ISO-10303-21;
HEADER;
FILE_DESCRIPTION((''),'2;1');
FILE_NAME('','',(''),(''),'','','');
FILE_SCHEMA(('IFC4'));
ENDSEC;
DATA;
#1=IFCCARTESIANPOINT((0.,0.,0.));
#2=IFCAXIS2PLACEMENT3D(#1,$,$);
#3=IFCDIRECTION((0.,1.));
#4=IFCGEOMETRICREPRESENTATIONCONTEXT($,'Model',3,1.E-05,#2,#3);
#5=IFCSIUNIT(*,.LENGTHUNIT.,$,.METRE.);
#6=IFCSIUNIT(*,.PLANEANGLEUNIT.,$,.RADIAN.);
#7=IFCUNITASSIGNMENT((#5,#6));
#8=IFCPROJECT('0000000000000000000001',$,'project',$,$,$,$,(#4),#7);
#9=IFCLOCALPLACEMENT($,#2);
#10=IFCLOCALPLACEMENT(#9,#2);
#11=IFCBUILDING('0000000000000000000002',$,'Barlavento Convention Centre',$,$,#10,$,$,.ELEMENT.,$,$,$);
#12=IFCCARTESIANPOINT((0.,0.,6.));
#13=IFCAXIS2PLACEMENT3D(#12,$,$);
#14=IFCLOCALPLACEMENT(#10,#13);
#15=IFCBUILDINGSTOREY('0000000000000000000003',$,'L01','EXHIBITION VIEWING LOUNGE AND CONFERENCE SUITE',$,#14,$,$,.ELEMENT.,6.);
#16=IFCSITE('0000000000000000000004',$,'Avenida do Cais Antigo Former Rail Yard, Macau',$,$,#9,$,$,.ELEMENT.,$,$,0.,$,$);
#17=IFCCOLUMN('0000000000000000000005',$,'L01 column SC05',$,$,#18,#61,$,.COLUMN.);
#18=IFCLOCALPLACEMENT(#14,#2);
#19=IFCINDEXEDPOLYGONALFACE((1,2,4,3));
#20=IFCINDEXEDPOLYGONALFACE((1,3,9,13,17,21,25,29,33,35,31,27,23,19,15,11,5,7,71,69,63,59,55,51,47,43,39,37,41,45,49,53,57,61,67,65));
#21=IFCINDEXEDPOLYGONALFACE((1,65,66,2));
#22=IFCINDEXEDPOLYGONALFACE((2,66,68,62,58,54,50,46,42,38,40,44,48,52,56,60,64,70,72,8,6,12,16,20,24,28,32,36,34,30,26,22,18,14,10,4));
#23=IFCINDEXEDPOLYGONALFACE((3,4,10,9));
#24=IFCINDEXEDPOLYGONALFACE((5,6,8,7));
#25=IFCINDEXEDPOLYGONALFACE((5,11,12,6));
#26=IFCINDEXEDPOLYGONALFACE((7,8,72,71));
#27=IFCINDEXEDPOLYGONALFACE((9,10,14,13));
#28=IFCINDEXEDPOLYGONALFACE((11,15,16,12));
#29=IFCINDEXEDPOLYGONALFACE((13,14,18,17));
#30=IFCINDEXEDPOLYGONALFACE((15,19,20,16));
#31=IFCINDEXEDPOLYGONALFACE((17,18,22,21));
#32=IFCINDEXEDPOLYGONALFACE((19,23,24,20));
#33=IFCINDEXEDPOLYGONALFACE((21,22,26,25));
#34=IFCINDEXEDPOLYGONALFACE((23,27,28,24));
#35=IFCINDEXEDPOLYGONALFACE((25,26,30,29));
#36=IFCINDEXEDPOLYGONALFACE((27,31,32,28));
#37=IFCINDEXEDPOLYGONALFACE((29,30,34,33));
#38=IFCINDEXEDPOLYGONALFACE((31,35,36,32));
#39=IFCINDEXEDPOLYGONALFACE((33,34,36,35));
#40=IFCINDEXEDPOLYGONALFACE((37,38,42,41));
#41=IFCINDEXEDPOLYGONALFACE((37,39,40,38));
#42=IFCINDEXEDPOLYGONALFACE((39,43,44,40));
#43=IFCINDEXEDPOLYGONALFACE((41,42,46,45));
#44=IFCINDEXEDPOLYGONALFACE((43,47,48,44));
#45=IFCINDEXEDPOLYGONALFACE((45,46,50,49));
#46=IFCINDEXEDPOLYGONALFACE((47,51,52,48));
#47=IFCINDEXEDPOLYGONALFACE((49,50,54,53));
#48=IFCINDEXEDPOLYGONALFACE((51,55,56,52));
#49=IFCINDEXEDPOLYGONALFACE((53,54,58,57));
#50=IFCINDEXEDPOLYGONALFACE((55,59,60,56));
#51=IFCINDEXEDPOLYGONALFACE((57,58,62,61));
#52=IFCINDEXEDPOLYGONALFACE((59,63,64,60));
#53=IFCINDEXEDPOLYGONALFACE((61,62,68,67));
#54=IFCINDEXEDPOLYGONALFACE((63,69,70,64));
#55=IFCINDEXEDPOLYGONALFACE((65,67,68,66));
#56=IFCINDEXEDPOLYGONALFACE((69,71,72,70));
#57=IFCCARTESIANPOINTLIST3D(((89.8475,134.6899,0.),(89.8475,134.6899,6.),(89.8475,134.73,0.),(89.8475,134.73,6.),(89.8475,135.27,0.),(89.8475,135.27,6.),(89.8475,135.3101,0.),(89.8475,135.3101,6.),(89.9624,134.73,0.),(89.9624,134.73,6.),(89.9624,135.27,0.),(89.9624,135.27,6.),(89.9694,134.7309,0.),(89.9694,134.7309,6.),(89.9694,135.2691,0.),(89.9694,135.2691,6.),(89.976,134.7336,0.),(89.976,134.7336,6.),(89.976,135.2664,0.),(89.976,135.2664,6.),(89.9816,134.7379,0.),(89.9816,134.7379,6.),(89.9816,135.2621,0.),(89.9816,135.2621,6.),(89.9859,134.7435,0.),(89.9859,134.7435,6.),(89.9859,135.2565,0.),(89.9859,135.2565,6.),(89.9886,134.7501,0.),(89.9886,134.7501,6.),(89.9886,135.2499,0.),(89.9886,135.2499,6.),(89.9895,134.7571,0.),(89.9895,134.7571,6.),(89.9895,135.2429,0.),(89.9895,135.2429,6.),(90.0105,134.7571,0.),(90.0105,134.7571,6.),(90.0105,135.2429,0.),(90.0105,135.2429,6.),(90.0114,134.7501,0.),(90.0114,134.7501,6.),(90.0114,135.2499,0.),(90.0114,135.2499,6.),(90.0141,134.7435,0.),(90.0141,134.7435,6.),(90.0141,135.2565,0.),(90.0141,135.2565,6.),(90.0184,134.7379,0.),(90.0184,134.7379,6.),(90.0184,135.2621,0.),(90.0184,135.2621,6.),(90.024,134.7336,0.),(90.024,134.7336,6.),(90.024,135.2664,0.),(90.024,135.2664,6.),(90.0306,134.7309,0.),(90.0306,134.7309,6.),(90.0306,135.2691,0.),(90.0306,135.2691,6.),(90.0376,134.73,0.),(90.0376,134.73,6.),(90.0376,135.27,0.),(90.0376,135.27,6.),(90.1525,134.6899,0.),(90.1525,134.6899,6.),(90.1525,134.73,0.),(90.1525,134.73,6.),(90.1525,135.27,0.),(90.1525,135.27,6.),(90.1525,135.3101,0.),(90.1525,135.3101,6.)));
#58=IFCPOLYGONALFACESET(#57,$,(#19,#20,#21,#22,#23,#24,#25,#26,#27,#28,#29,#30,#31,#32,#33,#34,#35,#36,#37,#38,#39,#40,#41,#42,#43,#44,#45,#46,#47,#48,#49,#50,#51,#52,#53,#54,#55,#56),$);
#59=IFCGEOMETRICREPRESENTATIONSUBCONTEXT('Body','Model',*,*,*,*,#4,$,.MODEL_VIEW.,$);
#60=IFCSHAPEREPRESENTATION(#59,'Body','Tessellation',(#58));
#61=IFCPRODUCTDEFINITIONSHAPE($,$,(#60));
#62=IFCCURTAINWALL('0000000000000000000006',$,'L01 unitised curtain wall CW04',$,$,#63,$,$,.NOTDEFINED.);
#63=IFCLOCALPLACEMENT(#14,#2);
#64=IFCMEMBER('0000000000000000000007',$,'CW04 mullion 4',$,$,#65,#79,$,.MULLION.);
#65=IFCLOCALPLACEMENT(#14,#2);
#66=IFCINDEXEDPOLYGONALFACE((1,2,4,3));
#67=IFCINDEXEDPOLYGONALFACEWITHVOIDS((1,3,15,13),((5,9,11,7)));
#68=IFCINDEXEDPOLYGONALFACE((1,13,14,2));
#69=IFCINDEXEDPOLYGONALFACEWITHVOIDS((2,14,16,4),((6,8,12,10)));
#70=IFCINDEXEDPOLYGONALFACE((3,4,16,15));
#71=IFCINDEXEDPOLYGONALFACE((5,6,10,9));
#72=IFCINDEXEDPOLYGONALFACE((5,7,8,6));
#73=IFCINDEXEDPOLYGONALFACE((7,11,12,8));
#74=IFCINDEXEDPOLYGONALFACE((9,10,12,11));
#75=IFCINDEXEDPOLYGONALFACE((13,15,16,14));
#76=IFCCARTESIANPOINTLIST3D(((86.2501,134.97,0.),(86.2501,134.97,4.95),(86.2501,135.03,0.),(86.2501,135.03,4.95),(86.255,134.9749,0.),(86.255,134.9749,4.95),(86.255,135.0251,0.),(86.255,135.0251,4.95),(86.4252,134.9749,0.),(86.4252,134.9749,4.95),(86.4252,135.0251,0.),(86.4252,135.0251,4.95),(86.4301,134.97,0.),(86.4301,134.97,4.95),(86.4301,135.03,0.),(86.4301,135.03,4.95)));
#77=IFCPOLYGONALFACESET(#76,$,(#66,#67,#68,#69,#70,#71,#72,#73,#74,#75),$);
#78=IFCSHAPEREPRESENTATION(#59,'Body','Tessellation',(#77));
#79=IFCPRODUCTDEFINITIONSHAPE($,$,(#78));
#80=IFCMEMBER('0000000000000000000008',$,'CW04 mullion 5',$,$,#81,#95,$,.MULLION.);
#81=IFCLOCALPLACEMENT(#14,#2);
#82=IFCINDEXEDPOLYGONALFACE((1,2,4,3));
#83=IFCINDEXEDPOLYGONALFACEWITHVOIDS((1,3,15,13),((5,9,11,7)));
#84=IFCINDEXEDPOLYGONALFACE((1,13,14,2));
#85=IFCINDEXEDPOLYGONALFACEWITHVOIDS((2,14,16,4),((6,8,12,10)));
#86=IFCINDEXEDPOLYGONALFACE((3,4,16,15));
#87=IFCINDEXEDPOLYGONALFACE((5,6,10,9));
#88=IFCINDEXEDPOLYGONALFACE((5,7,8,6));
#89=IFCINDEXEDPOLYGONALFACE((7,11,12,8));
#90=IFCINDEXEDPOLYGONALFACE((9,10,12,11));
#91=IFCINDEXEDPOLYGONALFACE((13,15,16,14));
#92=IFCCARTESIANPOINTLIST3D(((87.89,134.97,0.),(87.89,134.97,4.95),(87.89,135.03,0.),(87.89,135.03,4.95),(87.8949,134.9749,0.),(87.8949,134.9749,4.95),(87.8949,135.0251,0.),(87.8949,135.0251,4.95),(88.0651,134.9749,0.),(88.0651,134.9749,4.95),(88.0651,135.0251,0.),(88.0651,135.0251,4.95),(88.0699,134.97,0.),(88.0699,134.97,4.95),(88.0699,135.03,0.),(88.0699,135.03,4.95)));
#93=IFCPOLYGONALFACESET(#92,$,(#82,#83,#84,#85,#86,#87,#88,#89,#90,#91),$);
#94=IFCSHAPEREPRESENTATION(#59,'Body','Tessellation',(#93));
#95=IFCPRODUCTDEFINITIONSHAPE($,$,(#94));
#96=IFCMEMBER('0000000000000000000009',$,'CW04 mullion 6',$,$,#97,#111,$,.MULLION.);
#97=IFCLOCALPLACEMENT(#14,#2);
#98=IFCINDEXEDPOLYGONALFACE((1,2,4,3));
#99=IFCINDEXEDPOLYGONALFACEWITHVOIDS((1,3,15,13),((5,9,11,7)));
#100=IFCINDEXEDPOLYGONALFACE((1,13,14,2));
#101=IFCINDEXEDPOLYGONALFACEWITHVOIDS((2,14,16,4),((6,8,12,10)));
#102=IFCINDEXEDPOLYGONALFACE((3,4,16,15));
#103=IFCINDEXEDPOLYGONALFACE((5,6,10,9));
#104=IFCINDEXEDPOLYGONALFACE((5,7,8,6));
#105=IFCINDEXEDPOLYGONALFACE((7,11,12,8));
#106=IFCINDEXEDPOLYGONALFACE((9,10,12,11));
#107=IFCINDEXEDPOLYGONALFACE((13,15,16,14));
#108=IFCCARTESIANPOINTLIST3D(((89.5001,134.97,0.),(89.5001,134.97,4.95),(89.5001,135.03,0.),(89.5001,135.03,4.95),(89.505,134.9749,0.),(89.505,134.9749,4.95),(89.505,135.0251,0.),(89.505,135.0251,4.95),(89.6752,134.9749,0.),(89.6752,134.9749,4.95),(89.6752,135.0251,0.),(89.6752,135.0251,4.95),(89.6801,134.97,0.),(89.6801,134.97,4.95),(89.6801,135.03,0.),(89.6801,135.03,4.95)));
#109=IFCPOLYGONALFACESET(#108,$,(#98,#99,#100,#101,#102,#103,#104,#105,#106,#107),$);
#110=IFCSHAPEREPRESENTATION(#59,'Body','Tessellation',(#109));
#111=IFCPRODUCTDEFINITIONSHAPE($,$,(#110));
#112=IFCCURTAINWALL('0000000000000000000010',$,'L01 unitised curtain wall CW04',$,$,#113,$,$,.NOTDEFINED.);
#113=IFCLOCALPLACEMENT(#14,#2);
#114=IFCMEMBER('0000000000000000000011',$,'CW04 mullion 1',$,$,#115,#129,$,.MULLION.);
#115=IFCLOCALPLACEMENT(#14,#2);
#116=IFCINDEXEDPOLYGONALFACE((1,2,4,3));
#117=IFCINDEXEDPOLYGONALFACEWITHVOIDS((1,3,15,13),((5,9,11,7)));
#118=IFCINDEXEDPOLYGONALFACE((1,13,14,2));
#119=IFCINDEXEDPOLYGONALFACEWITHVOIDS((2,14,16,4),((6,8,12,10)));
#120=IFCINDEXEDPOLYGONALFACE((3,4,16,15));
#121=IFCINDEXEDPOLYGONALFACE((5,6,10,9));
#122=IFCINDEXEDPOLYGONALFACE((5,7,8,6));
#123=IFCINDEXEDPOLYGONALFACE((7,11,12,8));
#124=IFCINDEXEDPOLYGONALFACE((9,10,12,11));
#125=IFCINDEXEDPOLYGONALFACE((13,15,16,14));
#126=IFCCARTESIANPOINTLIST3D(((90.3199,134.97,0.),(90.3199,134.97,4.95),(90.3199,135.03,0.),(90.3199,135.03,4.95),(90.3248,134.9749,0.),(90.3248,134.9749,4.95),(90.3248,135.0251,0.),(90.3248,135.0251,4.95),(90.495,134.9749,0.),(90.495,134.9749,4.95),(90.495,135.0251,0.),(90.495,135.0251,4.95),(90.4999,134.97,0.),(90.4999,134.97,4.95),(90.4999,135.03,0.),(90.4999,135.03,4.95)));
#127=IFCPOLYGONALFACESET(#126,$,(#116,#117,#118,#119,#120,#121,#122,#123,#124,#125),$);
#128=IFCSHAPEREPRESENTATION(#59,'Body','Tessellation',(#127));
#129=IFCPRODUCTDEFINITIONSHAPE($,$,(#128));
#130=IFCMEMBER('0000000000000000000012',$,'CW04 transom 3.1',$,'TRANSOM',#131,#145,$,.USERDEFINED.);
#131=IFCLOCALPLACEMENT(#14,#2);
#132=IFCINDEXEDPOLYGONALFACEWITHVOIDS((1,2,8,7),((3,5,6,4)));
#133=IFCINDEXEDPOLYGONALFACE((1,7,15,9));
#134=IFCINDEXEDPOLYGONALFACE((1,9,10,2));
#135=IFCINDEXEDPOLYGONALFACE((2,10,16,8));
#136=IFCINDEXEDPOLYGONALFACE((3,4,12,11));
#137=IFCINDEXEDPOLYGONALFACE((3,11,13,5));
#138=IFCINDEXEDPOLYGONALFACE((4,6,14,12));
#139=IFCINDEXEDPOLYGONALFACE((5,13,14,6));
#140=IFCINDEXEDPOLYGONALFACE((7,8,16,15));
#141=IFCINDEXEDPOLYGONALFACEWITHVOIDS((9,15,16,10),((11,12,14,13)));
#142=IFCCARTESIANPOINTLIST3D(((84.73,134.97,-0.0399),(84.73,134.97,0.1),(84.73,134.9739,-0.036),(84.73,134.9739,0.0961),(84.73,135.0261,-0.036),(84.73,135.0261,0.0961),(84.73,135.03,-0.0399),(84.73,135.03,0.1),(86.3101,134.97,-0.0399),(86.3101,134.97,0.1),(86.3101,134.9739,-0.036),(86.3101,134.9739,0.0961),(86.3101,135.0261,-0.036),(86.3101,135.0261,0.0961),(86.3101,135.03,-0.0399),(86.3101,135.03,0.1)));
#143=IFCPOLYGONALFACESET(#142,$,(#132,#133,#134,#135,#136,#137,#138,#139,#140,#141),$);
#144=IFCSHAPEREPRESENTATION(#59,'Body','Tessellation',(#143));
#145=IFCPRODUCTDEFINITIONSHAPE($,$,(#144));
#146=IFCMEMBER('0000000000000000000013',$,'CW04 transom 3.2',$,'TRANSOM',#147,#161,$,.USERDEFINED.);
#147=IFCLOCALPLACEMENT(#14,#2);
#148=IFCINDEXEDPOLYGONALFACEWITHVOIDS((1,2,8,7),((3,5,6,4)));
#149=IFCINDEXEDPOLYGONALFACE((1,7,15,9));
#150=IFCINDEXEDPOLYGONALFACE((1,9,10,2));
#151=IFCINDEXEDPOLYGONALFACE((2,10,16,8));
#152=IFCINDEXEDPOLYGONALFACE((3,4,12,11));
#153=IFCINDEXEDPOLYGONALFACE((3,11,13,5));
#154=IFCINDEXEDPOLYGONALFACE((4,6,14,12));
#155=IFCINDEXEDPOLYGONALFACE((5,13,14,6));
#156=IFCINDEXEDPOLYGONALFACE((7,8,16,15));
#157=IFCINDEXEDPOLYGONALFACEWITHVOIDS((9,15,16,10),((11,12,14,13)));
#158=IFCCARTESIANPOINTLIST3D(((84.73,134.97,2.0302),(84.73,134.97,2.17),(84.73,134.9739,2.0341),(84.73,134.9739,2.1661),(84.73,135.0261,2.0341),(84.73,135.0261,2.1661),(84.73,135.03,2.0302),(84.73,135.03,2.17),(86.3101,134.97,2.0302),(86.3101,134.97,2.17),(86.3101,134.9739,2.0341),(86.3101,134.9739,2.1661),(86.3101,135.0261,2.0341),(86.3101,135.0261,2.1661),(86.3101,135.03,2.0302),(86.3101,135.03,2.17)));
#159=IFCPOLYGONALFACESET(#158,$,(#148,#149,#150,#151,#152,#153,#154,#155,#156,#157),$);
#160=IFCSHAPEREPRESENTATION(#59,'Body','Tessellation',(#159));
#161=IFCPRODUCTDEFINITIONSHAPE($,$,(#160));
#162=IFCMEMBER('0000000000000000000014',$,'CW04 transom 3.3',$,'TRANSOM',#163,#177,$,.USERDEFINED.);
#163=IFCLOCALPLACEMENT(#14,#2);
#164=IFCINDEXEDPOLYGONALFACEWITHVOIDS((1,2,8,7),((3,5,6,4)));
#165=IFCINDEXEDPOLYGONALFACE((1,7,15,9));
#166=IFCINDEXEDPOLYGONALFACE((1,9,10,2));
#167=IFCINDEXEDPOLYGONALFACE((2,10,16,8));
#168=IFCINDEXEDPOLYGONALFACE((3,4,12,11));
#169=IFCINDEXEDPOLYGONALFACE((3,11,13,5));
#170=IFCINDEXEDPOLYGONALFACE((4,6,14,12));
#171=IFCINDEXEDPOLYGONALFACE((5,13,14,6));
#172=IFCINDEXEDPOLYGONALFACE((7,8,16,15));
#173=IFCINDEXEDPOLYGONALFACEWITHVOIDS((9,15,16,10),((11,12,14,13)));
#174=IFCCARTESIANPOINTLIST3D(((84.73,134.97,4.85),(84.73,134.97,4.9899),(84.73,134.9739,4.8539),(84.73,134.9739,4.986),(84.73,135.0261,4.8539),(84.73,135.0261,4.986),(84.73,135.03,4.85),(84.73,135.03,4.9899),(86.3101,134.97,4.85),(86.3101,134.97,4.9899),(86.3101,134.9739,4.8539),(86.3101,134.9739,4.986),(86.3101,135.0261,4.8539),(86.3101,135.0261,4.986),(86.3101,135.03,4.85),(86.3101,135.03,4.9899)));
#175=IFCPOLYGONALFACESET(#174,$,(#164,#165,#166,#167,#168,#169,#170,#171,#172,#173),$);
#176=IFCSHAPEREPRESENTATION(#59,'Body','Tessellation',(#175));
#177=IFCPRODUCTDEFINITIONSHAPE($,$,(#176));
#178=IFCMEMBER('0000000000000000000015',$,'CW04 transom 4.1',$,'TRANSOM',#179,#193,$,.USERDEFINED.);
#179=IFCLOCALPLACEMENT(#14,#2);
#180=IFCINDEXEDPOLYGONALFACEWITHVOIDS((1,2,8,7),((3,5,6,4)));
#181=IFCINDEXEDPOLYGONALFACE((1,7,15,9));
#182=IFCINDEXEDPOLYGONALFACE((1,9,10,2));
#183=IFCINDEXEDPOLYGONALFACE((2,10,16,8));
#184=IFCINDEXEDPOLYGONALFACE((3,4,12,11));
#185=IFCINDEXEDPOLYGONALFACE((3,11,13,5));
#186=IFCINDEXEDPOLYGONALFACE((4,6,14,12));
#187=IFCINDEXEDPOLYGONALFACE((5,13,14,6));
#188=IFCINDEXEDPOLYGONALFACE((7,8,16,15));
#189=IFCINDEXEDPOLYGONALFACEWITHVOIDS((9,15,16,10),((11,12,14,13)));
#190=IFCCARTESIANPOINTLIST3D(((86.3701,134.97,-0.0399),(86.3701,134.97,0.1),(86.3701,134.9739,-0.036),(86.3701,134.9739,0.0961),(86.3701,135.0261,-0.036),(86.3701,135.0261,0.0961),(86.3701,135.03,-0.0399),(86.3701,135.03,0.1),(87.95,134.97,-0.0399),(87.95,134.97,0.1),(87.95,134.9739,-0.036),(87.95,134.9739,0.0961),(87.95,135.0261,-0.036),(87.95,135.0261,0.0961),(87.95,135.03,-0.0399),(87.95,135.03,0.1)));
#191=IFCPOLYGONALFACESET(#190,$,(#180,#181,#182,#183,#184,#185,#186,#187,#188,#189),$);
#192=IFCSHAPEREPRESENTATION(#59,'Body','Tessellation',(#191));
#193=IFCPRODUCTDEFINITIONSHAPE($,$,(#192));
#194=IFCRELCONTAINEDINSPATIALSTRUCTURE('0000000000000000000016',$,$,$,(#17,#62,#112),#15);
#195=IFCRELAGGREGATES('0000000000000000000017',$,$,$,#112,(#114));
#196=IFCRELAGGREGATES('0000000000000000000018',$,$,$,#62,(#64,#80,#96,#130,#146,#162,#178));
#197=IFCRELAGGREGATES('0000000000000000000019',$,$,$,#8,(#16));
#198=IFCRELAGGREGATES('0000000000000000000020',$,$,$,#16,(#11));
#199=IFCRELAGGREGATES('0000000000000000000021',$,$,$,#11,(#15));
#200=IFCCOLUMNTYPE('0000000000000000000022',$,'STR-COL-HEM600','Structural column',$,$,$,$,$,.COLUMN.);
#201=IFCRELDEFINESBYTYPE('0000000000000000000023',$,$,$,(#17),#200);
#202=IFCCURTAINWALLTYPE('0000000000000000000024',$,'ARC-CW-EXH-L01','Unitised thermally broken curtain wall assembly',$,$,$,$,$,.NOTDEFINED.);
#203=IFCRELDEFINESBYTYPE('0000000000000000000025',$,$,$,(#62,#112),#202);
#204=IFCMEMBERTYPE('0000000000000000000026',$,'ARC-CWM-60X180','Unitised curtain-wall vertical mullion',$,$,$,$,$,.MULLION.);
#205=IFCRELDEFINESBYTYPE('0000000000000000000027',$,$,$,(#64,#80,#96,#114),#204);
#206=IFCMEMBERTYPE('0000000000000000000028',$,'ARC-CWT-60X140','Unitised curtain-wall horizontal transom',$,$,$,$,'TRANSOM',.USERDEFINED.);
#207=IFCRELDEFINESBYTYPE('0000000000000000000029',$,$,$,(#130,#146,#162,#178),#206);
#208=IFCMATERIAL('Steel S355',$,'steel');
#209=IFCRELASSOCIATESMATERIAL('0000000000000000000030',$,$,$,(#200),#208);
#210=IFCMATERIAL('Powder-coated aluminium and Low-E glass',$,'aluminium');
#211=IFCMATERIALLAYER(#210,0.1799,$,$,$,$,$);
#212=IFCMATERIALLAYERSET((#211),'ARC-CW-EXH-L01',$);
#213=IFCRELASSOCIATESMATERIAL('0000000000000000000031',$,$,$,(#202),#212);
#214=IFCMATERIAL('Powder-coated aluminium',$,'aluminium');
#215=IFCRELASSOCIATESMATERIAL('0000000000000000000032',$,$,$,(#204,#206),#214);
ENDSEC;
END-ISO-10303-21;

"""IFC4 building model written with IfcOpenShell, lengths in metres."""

from ifc_helpers import new_model, si_unit, direction, frame, origin, origin_2d, place, context, subcontext, project, spatial, hollow_rectangle, i_section, extrude, material, layer, layer_set, material_profile, profile_set, type_object, element, aggregate, save


model = new_model("IFC4")

# Units and contexts
model_context = context("Model", 3, precision=1e-05, world=origin(), true_north=direction((0.0, 1.0)))
body_context = subcontext(model_context, "Body", "Model", "MODEL_VIEW")
ifc_project = project(units=[si_unit("LENGTHUNIT", "METRE"), si_unit("PLANEANGLEUNIT", "RADIAN")], contexts=[model_context])

# Site, building, storey
site_placement = place(None, origin())
site = spatial("IfcSite", under=ifc_project, at=site_placement, Name="Avenida do Cais Antigo Former Rail Yard, Macau", CompositionType="ELEMENT", RefElevation=0.0)
building_placement = place(site_placement, origin())
building = spatial("IfcBuilding", under=site, at=building_placement, Name="Barlavento Convention Centre", CompositionType="ELEMENT")
storey_placement = place(building_placement, frame((0.0, 0.0, 6.0)))
storey = spatial("IfcBuildingStorey", under=building, at=storey_placement, Name="L01", Description="EXHIBITION VIEWING LOUNGE AND CONFERENCE SUITE", CompositionType="ELEMENT", Elevation=6.0)

# Column
ifc_material_1 = material(Name="Steel S355", Category="steel")
ifc_material_profile_1 = material_profile(ifc_material_1, i_section(OverallWidth=0.3049, OverallDepth=0.6201, WebThickness=0.021, FlangeThickness=0.04, FilletRadius=0.0271, at=origin_2d()), Name="HEM 600")
ifc_profile_set_1 = profile_set([ifc_material_profile_1], Name="Steel S355")
column_type = type_object("IfcColumnType", Name="STR-COL-HEM600", Description="Structural column", PredefinedType="COLUMN", material=ifc_profile_set_1)
column_placement = place(storey_placement, frame((90.0, 135.0, 0.0), z_axis=(0.0, 0.0, 1.0), x_axis=(1.0, 0.0, 0.0)))
element("IfcColumn", 1, at=column_placement, inside=storey, type_object=column_type, Name="L01 column SC05", PredefinedType="COLUMN", context=body_context, shape_type="SweptSolid", body=[
    extrude(i_section(OverallWidth=0.3049, OverallDepth=0.6201, WebThickness=0.021, FlangeThickness=0.04, FilletRadius=0.0271, at=origin_2d()), origin(), (0.0, 0.0, 1.0), 6.0),
])

# Curtain wall, members
ifc_material_2 = material(Name="Powder-coated aluminium and Low-E glass", Category="aluminium")
ifc_layer_1 = layer(ifc_material_2, 0.1799)
ifc_layer_set_1 = layer_set([ifc_layer_1], Name="ARC-CW-EXH-L01")
curtain_wall_type = type_object("IfcCurtainWallType", Name="ARC-CW-EXH-L01", Description="Unitised thermally broken curtain wall assembly", PredefinedType="NOTDEFINED", material=ifc_layer_set_1)
curtain_wall_1_placement = place(storey_placement, origin())
curtain_wall_1 = element("IfcCurtainWall", 2, at=curtain_wall_1_placement, inside=storey, type_object=curtain_wall_type, Name="L01 unitised curtain wall CW04", PredefinedType="NOTDEFINED")
ifc_material_3 = material(Name="Powder-coated aluminium", Category="aluminium")
ifc_material_profile_2 = material_profile(ifc_material_3, hollow_rectangle(XDim=0.0601, YDim=0.1799, WallThickness=0.0049, at=origin_2d()), Name="AL-MULL 60x180x5")
ifc_profile_set_2 = profile_set([ifc_material_profile_2], Name="Powder-coated aluminium")
member_type_1 = type_object("IfcMemberType", Name="ARC-CWM-60X180", Description="Unitised curtain-wall vertical mullion", PredefinedType="MULLION", material=ifc_profile_set_2)
member_1_placement = place(storey_placement, frame((86.3401, 135.0, 0.0), z_axis=(0.0, 0.0, 1.0), x_axis=(0.0, 1.0, 0.0)))
member_1 = element("IfcMember", 3, at=member_1_placement, type_object=member_type_1, Name="CW04 mullion 4", PredefinedType="MULLION", context=body_context, shape_type="SweptSolid", body=[
    extrude(hollow_rectangle(XDim=0.0601, YDim=0.1799, WallThickness=0.0049, at=origin_2d()), origin(), (0.0, 0.0, 1.0), 4.95),
])
member_2_placement = place(storey_placement, frame((87.98, 135.0, 0.0), z_axis=(0.0, 0.0, 1.0), x_axis=(0.0, 1.0, 0.0)))
member_2 = element("IfcMember", 4, at=member_2_placement, type_object=member_type_1, Name="CW04 mullion 5", PredefinedType="MULLION", context=body_context, shape_type="SweptSolid", body=[
    extrude(hollow_rectangle(XDim=0.0601, YDim=0.1799, WallThickness=0.0049, at=origin_2d()), origin(), (0.0, 0.0, 1.0), 4.95),
])
member_3_placement = place(storey_placement, frame((89.5901, 135.0, 0.0), z_axis=(0.0, 0.0, 1.0), x_axis=(0.0, 1.0, 0.0)))
member_3 = element("IfcMember", 5, at=member_3_placement, type_object=member_type_1, Name="CW04 mullion 6", PredefinedType="MULLION", context=body_context, shape_type="SweptSolid", body=[
    extrude(hollow_rectangle(XDim=0.0601, YDim=0.1799, WallThickness=0.0049, at=origin_2d()), origin(), (0.0, 0.0, 1.0), 4.95),
])

# Curtain wall, member
curtain_wall_2_placement = place(storey_placement, origin())
curtain_wall_2 = element("IfcCurtainWall", 6, at=curtain_wall_2_placement, inside=storey, type_object=curtain_wall_type, Name="L01 unitised curtain wall CW04", PredefinedType="NOTDEFINED")
member_4_placement = place(storey_placement, frame((90.4099, 135.0, 0.0), z_axis=(0.0, 0.0, 1.0), x_axis=(0.0, 1.0, 0.0)))
member_4 = element("IfcMember", 7, at=member_4_placement, type_object=member_type_1, Name="CW04 mullion 1", PredefinedType="MULLION", context=body_context, shape_type="SweptSolid", body=[
    extrude(hollow_rectangle(XDim=0.0601, YDim=0.1799, WallThickness=0.0049, at=origin_2d()), origin(), (0.0, 0.0, 1.0), 4.95),
])
aggregate(curtain_wall_2, [member_4])

# Members
ifc_material_profile_3 = material_profile(ifc_material_3, hollow_rectangle(XDim=0.0601, YDim=0.1399, WallThickness=0.0039, at=origin_2d()), Name="AL-TRAN 60x140x4")
ifc_profile_set_3 = profile_set([ifc_material_profile_3], Name="Powder-coated aluminium")
member_type_2 = type_object("IfcMemberType", Name="ARC-CWT-60X140", Description="Unitised curtain-wall horizontal transom", ElementType="TRANSOM", PredefinedType="USERDEFINED", material=ifc_profile_set_3)
member_5_placement = place(storey_placement, frame((84.73, 135.0, 0.03), z_axis=(1.0, 0.0, 0.0), x_axis=(0.0, 1.0, 0.0)))
member_5 = element("IfcMember", 8, at=member_5_placement, type_object=member_type_2, Name="CW04 transom 3.1", ObjectType="TRANSOM", PredefinedType="USERDEFINED", context=body_context, shape_type="SweptSolid", body=[
    extrude(hollow_rectangle(XDim=0.0601, YDim=0.1399, WallThickness=0.0039, at=origin_2d()), origin(), (0.0, 0.0, 1.0), 1.5801),
])
member_6_placement = place(storey_placement, frame((84.73, 135.0, 2.1001), z_axis=(1.0, 0.0, 0.0), x_axis=(0.0, 1.0, 0.0)))
member_6 = element("IfcMember", 9, at=member_6_placement, type_object=member_type_2, Name="CW04 transom 3.2", ObjectType="TRANSOM", PredefinedType="USERDEFINED", context=body_context, shape_type="SweptSolid", body=[
    extrude(hollow_rectangle(XDim=0.0601, YDim=0.1399, WallThickness=0.0039, at=origin_2d()), origin(), (0.0, 0.0, 1.0), 1.5801),
])
member_7_placement = place(storey_placement, frame((84.73, 135.0, 4.9199), z_axis=(1.0, 0.0, 0.0), x_axis=(0.0, 1.0, 0.0)))
member_7 = element("IfcMember", 10, at=member_7_placement, type_object=member_type_2, Name="CW04 transom 3.3", ObjectType="TRANSOM", PredefinedType="USERDEFINED", context=body_context, shape_type="SweptSolid", body=[
    extrude(hollow_rectangle(XDim=0.0601, YDim=0.1399, WallThickness=0.0039, at=origin_2d()), origin(), (0.0, 0.0, 1.0), 1.5801),
])
member_8_placement = place(storey_placement, frame((86.3701, 135.0, 0.03), z_axis=(1.0, 0.0, 0.0), x_axis=(0.0, 1.0, 0.0)))
member_8 = element("IfcMember", 11, at=member_8_placement, type_object=member_type_2, Name="CW04 transom 4.1", ObjectType="TRANSOM", PredefinedType="USERDEFINED", context=body_context, shape_type="SweptSolid", body=[
    extrude(hollow_rectangle(XDim=0.0601, YDim=0.1399, WallThickness=0.0039, at=origin_2d()), origin(), (0.0, 0.0, 1.0), 1.5798),
])

aggregate(curtain_wall_1, [member_1, member_2, member_3, member_5, member_6, member_7, member_8])

save(model, "model.ifc")
